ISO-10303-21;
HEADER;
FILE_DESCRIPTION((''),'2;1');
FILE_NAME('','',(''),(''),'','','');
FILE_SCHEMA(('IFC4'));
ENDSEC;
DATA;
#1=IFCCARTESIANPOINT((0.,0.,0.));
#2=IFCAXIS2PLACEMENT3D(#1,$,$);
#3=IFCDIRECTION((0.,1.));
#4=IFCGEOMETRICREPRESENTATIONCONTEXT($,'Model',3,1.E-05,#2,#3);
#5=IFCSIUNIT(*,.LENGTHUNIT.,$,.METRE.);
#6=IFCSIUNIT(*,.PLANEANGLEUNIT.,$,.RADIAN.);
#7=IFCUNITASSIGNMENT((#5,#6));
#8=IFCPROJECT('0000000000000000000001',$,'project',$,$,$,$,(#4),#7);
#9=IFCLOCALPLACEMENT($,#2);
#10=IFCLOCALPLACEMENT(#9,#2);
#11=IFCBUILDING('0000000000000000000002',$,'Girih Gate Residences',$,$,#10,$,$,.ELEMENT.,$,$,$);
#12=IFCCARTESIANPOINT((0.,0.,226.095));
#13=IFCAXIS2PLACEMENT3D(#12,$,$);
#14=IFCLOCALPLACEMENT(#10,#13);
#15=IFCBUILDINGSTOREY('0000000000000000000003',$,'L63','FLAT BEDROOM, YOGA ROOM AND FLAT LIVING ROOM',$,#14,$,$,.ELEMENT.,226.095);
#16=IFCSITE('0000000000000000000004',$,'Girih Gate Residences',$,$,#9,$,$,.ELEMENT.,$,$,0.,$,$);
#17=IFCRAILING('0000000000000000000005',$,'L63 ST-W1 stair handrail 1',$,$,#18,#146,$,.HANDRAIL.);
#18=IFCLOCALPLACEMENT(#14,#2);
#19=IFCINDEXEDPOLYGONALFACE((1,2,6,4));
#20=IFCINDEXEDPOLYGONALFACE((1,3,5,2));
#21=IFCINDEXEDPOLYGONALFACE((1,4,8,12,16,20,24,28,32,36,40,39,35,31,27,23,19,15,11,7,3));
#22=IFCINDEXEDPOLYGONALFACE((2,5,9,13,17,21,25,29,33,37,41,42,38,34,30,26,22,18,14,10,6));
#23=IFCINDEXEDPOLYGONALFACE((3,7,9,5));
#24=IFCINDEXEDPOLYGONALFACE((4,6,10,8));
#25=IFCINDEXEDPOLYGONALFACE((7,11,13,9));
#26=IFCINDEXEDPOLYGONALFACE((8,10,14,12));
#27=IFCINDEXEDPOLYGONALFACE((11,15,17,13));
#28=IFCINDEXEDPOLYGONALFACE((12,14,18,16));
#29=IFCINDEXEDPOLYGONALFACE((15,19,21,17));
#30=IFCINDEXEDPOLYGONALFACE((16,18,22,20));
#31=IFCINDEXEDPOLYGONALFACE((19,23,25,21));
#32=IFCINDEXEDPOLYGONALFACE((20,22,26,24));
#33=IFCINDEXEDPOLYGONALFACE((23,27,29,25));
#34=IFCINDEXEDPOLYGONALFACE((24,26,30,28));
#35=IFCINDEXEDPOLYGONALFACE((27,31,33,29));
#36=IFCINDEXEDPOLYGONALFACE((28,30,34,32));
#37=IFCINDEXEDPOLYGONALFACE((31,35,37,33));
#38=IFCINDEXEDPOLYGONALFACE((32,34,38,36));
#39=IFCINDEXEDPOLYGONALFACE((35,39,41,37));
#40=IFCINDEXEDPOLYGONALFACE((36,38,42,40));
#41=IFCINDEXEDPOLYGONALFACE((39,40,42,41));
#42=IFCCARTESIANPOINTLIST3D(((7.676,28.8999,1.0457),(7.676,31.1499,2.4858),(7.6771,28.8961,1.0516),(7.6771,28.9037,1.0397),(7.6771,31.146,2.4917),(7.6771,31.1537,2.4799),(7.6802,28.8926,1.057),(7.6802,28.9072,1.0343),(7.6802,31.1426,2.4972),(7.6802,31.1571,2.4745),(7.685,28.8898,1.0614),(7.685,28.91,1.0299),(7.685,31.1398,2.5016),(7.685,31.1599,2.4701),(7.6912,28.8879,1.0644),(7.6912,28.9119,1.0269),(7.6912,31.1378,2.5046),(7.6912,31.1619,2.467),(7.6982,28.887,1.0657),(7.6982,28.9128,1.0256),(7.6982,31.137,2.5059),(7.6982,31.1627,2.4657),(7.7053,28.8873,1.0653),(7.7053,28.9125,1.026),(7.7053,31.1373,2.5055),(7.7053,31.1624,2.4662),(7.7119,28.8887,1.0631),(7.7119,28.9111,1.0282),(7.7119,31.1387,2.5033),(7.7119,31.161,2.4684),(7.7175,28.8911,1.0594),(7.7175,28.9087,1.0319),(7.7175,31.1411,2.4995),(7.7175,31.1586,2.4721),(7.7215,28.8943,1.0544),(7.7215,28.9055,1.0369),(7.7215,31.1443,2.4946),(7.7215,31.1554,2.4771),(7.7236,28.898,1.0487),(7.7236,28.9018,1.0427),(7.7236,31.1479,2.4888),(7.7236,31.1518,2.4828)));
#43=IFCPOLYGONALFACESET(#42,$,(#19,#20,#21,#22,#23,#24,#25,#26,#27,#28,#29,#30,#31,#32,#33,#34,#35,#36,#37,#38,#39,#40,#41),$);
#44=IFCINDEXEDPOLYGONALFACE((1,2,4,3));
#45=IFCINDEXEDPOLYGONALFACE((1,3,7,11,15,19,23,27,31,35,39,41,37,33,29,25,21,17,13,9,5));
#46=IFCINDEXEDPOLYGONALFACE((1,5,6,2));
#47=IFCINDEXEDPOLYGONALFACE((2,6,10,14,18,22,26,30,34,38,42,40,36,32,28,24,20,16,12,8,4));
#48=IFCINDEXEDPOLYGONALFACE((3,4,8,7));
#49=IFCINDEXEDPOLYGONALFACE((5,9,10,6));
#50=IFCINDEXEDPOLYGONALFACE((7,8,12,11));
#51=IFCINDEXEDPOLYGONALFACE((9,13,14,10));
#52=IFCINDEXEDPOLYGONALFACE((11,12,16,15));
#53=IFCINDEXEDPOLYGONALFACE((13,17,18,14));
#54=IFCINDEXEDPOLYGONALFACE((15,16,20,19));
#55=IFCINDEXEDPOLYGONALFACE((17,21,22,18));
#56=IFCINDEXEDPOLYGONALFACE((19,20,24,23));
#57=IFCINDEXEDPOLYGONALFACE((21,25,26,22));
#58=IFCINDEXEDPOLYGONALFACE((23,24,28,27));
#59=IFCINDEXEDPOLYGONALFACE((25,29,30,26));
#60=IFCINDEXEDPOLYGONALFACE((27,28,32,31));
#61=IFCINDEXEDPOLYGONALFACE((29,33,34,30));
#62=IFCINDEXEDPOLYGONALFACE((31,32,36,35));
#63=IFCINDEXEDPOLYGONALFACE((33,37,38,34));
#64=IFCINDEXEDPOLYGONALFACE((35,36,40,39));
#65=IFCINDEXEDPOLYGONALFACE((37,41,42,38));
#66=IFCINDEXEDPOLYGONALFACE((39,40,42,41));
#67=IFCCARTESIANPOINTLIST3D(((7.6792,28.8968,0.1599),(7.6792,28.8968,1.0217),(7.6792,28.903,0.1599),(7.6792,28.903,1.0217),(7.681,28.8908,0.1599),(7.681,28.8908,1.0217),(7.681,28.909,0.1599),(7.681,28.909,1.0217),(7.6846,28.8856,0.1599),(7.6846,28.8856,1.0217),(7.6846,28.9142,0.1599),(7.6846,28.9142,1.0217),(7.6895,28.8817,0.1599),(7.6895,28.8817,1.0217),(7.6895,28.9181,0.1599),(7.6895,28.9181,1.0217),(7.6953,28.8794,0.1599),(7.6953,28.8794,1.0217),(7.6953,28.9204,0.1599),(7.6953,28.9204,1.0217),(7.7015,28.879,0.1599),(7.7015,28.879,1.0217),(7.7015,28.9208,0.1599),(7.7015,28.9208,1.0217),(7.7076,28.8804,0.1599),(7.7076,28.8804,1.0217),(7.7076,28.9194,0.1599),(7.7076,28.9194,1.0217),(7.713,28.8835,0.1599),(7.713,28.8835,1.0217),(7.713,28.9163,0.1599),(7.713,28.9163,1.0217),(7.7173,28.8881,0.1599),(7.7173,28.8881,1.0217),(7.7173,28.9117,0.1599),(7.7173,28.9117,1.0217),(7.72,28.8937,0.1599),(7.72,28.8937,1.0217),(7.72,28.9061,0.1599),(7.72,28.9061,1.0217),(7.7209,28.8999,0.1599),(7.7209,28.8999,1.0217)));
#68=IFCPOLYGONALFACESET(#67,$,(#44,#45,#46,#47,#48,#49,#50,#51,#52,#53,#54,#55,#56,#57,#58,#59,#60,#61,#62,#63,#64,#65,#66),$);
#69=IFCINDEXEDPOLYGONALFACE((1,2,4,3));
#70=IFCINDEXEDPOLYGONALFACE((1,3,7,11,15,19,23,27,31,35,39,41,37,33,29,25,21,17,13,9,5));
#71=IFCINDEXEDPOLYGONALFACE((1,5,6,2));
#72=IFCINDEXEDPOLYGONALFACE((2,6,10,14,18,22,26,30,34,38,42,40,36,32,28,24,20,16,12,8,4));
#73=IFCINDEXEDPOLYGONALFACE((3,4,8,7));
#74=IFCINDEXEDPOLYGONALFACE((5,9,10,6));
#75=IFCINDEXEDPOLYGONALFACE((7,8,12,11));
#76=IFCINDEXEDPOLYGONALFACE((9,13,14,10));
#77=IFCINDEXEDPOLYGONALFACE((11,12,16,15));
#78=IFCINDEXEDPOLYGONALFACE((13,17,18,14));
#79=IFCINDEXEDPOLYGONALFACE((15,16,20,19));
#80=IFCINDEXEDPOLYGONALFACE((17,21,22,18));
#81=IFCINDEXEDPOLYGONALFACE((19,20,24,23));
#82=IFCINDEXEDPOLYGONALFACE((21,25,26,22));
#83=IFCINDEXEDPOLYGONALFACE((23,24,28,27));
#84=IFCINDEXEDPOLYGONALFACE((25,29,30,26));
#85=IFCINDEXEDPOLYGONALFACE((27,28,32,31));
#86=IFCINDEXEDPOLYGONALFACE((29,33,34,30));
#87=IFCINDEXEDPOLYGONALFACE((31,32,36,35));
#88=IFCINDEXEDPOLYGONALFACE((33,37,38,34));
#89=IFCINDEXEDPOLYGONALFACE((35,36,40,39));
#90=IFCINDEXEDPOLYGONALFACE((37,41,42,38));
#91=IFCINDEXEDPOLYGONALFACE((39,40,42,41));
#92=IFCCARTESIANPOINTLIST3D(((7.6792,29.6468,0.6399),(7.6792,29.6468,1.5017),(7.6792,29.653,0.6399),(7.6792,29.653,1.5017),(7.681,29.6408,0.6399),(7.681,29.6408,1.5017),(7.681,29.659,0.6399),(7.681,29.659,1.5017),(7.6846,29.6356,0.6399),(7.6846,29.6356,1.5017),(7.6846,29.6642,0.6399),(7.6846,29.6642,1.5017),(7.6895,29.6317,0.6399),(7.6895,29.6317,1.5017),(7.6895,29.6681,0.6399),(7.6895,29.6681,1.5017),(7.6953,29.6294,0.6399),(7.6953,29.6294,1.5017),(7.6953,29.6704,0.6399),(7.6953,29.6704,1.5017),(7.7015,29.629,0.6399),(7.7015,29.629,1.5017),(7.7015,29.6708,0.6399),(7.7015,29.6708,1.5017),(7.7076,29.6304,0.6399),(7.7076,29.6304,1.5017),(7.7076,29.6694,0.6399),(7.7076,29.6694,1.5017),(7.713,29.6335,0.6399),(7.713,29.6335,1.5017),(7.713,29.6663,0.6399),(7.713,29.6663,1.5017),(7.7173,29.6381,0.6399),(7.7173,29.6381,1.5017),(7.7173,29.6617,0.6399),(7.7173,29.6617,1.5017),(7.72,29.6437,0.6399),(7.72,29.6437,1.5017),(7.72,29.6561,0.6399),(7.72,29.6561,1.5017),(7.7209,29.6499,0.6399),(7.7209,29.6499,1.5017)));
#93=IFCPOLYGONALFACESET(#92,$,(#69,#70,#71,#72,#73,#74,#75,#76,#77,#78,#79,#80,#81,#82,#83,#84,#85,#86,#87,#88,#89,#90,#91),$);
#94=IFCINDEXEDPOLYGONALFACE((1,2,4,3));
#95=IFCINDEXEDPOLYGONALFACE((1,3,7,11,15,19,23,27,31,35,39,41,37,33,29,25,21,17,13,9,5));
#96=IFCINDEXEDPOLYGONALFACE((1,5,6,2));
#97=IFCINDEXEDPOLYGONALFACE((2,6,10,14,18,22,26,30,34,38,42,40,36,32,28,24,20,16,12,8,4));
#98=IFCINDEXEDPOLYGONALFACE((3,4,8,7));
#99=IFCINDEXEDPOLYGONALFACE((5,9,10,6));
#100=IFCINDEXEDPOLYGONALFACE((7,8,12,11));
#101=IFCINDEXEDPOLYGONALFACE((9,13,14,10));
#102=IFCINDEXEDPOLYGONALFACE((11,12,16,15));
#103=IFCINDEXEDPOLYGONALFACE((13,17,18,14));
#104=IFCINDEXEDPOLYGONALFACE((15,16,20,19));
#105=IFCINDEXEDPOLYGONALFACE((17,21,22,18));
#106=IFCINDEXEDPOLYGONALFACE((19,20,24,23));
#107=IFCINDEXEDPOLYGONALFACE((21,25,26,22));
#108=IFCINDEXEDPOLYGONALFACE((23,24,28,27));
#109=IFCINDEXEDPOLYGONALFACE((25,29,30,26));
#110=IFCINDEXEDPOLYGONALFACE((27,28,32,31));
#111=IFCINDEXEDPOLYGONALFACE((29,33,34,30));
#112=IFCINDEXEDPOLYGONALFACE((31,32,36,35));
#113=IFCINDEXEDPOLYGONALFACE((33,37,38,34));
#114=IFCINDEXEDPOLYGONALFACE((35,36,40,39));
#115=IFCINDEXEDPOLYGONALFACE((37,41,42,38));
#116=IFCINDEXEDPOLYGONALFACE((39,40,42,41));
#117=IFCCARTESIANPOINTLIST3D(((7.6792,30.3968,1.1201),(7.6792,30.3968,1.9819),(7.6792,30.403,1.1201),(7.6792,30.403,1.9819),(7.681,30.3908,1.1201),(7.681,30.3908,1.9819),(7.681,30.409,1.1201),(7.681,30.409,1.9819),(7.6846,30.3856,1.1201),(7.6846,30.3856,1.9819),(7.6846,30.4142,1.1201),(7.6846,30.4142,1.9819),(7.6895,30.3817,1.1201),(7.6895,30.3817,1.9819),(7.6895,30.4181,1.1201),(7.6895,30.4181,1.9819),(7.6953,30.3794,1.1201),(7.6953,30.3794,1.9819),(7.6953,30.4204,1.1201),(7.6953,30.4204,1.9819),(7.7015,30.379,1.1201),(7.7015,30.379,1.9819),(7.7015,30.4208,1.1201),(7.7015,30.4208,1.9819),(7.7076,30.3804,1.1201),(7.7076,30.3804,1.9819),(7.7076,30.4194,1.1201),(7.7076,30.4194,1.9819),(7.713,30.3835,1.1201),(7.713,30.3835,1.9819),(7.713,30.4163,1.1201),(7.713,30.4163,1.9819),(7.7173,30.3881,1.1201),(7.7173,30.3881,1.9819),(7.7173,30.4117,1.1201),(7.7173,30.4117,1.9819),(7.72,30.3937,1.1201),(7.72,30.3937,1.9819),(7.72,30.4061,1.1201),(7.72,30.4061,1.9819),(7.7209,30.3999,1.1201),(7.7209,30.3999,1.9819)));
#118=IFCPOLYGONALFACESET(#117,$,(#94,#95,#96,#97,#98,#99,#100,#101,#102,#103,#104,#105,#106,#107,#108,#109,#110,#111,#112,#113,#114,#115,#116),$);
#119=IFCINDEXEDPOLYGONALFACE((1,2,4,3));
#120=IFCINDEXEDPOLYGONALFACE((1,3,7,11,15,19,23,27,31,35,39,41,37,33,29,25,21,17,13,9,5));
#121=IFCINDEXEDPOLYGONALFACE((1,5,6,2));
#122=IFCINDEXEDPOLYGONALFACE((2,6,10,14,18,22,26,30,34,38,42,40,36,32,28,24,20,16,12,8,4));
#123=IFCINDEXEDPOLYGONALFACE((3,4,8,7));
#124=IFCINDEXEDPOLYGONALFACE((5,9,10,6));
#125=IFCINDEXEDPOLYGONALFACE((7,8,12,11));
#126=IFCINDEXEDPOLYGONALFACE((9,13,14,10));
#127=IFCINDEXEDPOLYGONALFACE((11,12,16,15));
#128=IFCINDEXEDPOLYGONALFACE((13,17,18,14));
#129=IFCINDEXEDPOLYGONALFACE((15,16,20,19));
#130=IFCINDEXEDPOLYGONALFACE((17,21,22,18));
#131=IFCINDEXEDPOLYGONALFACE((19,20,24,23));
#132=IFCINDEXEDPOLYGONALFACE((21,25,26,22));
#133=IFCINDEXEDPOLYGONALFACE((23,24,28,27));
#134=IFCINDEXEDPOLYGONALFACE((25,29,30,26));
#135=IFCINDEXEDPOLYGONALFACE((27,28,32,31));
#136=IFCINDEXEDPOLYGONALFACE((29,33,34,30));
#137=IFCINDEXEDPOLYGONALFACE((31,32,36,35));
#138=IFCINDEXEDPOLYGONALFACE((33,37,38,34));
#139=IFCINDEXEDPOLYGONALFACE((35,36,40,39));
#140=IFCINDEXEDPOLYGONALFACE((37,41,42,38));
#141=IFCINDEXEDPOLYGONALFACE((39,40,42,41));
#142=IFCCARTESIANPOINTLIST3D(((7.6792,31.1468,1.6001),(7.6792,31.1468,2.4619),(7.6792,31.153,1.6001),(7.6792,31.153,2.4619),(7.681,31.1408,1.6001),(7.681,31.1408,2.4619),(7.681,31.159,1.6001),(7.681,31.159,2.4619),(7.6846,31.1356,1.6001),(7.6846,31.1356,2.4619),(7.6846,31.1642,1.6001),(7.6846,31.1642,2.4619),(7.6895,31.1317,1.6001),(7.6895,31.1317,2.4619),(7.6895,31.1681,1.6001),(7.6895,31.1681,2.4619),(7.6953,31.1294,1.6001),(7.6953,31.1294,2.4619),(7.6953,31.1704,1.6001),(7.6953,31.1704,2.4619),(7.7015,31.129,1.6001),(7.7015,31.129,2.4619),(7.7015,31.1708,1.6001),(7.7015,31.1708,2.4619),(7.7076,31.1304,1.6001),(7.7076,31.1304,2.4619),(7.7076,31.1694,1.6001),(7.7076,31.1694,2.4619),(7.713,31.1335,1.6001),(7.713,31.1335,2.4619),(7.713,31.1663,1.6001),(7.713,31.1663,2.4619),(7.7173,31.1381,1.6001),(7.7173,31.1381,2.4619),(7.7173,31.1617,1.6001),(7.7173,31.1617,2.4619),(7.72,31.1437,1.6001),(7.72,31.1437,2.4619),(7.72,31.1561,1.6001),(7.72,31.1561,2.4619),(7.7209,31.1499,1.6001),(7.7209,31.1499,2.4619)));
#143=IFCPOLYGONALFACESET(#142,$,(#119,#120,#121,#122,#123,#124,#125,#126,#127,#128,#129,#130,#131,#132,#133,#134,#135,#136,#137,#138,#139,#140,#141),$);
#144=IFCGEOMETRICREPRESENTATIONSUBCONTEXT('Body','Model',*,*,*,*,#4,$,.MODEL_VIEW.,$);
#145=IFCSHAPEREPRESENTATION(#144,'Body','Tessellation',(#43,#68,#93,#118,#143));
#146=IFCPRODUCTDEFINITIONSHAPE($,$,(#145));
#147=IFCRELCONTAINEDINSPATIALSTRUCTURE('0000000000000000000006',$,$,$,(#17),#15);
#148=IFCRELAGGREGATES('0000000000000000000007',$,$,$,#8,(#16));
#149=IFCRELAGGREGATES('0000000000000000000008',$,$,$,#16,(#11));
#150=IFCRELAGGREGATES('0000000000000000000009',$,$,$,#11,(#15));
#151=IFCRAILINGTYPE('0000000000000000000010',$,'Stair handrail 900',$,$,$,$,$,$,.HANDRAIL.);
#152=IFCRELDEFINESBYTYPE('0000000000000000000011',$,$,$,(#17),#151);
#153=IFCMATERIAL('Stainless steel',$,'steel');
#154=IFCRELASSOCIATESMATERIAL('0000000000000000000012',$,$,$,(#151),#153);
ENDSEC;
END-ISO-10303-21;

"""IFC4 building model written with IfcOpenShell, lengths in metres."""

from ifc_helpers import new_model, si_unit, direction, frame, origin, origin_2d, place, context, subcontext, project, spatial, circle, extrude, material, type_object, element, save


model = new_model("IFC4")

# Units and contexts
model_context = context("Model", 3, precision=1e-05, world=origin(), true_north=direction((0.0, 1.0)))
body_context = subcontext(model_context, "Body", "Model", "MODEL_VIEW")
ifc_project = project(units=[si_unit("LENGTHUNIT", "METRE"), si_unit("PLANEANGLEUNIT", "RADIAN")], contexts=[model_context])

# Site, building, storey
site_placement = place(None, origin())
site = spatial("IfcSite", under=ifc_project, at=site_placement, Name="Girih Gate Residences", CompositionType="ELEMENT", RefElevation=0.0)
building_placement = place(site_placement, origin())
building = spatial("IfcBuilding", under=site, at=building_placement, Name="Girih Gate Residences", CompositionType="ELEMENT")
storey_placement = place(building_placement, frame((0.0, 0.0, 226.095)))
storey = spatial("IfcBuildingStorey", under=building, at=storey_placement, Name="L63", Description="FLAT BEDROOM, YOGA ROOM AND FLAT LIVING ROOM", CompositionType="ELEMENT", Elevation=226.095)

# Shared definitions
ifc_material_1 = material(Name="Stainless steel", Category="steel")

# Railing
railing_type_1 = type_object("IfcRailingType", Name="Stair handrail 900", PredefinedType="HANDRAIL", material=ifc_material_1)
railing_1_placement = place(storey_placement, frame((7.7, 28.8999, 0.1599)))
element("IfcRailing", 1, at=railing_1_placement, inside=storey, type_object=railing_type_1, Name="L63 ST-W1 stair handrail 1", PredefinedType="HANDRAIL", context=body_context, shape_type="SweptSolid", body=[
    extrude(circle(Radius=0.0239, at=origin_2d()), frame((0.0, 0.0, 0.8857), z_axis=(0.0, 0.84224, 0.539103), x_axis=(-1.0, 0.0, 0.0)), (0.0, 0.0, 1.0), 2.6714),
    extrude(circle(Radius=0.021, at=origin_2d()), origin(), (0.0, 0.0, 1.0), 0.8618),
    extrude(circle(Radius=0.021, at=origin_2d()), frame((0.0, 0.75, 0.48)), (0.0, 0.0, 1.0), 0.8618),
    extrude(circle(Radius=0.021, at=origin_2d()), frame((0.0, 1.5, 0.9602)), (0.0, 0.0, 1.0), 0.8618),
    extrude(circle(Radius=0.021, at=origin_2d()), frame((0.0, 2.25, 1.4402)), (0.0, 0.0, 1.0), 0.8618),
])

save(model, "model.ifc")
